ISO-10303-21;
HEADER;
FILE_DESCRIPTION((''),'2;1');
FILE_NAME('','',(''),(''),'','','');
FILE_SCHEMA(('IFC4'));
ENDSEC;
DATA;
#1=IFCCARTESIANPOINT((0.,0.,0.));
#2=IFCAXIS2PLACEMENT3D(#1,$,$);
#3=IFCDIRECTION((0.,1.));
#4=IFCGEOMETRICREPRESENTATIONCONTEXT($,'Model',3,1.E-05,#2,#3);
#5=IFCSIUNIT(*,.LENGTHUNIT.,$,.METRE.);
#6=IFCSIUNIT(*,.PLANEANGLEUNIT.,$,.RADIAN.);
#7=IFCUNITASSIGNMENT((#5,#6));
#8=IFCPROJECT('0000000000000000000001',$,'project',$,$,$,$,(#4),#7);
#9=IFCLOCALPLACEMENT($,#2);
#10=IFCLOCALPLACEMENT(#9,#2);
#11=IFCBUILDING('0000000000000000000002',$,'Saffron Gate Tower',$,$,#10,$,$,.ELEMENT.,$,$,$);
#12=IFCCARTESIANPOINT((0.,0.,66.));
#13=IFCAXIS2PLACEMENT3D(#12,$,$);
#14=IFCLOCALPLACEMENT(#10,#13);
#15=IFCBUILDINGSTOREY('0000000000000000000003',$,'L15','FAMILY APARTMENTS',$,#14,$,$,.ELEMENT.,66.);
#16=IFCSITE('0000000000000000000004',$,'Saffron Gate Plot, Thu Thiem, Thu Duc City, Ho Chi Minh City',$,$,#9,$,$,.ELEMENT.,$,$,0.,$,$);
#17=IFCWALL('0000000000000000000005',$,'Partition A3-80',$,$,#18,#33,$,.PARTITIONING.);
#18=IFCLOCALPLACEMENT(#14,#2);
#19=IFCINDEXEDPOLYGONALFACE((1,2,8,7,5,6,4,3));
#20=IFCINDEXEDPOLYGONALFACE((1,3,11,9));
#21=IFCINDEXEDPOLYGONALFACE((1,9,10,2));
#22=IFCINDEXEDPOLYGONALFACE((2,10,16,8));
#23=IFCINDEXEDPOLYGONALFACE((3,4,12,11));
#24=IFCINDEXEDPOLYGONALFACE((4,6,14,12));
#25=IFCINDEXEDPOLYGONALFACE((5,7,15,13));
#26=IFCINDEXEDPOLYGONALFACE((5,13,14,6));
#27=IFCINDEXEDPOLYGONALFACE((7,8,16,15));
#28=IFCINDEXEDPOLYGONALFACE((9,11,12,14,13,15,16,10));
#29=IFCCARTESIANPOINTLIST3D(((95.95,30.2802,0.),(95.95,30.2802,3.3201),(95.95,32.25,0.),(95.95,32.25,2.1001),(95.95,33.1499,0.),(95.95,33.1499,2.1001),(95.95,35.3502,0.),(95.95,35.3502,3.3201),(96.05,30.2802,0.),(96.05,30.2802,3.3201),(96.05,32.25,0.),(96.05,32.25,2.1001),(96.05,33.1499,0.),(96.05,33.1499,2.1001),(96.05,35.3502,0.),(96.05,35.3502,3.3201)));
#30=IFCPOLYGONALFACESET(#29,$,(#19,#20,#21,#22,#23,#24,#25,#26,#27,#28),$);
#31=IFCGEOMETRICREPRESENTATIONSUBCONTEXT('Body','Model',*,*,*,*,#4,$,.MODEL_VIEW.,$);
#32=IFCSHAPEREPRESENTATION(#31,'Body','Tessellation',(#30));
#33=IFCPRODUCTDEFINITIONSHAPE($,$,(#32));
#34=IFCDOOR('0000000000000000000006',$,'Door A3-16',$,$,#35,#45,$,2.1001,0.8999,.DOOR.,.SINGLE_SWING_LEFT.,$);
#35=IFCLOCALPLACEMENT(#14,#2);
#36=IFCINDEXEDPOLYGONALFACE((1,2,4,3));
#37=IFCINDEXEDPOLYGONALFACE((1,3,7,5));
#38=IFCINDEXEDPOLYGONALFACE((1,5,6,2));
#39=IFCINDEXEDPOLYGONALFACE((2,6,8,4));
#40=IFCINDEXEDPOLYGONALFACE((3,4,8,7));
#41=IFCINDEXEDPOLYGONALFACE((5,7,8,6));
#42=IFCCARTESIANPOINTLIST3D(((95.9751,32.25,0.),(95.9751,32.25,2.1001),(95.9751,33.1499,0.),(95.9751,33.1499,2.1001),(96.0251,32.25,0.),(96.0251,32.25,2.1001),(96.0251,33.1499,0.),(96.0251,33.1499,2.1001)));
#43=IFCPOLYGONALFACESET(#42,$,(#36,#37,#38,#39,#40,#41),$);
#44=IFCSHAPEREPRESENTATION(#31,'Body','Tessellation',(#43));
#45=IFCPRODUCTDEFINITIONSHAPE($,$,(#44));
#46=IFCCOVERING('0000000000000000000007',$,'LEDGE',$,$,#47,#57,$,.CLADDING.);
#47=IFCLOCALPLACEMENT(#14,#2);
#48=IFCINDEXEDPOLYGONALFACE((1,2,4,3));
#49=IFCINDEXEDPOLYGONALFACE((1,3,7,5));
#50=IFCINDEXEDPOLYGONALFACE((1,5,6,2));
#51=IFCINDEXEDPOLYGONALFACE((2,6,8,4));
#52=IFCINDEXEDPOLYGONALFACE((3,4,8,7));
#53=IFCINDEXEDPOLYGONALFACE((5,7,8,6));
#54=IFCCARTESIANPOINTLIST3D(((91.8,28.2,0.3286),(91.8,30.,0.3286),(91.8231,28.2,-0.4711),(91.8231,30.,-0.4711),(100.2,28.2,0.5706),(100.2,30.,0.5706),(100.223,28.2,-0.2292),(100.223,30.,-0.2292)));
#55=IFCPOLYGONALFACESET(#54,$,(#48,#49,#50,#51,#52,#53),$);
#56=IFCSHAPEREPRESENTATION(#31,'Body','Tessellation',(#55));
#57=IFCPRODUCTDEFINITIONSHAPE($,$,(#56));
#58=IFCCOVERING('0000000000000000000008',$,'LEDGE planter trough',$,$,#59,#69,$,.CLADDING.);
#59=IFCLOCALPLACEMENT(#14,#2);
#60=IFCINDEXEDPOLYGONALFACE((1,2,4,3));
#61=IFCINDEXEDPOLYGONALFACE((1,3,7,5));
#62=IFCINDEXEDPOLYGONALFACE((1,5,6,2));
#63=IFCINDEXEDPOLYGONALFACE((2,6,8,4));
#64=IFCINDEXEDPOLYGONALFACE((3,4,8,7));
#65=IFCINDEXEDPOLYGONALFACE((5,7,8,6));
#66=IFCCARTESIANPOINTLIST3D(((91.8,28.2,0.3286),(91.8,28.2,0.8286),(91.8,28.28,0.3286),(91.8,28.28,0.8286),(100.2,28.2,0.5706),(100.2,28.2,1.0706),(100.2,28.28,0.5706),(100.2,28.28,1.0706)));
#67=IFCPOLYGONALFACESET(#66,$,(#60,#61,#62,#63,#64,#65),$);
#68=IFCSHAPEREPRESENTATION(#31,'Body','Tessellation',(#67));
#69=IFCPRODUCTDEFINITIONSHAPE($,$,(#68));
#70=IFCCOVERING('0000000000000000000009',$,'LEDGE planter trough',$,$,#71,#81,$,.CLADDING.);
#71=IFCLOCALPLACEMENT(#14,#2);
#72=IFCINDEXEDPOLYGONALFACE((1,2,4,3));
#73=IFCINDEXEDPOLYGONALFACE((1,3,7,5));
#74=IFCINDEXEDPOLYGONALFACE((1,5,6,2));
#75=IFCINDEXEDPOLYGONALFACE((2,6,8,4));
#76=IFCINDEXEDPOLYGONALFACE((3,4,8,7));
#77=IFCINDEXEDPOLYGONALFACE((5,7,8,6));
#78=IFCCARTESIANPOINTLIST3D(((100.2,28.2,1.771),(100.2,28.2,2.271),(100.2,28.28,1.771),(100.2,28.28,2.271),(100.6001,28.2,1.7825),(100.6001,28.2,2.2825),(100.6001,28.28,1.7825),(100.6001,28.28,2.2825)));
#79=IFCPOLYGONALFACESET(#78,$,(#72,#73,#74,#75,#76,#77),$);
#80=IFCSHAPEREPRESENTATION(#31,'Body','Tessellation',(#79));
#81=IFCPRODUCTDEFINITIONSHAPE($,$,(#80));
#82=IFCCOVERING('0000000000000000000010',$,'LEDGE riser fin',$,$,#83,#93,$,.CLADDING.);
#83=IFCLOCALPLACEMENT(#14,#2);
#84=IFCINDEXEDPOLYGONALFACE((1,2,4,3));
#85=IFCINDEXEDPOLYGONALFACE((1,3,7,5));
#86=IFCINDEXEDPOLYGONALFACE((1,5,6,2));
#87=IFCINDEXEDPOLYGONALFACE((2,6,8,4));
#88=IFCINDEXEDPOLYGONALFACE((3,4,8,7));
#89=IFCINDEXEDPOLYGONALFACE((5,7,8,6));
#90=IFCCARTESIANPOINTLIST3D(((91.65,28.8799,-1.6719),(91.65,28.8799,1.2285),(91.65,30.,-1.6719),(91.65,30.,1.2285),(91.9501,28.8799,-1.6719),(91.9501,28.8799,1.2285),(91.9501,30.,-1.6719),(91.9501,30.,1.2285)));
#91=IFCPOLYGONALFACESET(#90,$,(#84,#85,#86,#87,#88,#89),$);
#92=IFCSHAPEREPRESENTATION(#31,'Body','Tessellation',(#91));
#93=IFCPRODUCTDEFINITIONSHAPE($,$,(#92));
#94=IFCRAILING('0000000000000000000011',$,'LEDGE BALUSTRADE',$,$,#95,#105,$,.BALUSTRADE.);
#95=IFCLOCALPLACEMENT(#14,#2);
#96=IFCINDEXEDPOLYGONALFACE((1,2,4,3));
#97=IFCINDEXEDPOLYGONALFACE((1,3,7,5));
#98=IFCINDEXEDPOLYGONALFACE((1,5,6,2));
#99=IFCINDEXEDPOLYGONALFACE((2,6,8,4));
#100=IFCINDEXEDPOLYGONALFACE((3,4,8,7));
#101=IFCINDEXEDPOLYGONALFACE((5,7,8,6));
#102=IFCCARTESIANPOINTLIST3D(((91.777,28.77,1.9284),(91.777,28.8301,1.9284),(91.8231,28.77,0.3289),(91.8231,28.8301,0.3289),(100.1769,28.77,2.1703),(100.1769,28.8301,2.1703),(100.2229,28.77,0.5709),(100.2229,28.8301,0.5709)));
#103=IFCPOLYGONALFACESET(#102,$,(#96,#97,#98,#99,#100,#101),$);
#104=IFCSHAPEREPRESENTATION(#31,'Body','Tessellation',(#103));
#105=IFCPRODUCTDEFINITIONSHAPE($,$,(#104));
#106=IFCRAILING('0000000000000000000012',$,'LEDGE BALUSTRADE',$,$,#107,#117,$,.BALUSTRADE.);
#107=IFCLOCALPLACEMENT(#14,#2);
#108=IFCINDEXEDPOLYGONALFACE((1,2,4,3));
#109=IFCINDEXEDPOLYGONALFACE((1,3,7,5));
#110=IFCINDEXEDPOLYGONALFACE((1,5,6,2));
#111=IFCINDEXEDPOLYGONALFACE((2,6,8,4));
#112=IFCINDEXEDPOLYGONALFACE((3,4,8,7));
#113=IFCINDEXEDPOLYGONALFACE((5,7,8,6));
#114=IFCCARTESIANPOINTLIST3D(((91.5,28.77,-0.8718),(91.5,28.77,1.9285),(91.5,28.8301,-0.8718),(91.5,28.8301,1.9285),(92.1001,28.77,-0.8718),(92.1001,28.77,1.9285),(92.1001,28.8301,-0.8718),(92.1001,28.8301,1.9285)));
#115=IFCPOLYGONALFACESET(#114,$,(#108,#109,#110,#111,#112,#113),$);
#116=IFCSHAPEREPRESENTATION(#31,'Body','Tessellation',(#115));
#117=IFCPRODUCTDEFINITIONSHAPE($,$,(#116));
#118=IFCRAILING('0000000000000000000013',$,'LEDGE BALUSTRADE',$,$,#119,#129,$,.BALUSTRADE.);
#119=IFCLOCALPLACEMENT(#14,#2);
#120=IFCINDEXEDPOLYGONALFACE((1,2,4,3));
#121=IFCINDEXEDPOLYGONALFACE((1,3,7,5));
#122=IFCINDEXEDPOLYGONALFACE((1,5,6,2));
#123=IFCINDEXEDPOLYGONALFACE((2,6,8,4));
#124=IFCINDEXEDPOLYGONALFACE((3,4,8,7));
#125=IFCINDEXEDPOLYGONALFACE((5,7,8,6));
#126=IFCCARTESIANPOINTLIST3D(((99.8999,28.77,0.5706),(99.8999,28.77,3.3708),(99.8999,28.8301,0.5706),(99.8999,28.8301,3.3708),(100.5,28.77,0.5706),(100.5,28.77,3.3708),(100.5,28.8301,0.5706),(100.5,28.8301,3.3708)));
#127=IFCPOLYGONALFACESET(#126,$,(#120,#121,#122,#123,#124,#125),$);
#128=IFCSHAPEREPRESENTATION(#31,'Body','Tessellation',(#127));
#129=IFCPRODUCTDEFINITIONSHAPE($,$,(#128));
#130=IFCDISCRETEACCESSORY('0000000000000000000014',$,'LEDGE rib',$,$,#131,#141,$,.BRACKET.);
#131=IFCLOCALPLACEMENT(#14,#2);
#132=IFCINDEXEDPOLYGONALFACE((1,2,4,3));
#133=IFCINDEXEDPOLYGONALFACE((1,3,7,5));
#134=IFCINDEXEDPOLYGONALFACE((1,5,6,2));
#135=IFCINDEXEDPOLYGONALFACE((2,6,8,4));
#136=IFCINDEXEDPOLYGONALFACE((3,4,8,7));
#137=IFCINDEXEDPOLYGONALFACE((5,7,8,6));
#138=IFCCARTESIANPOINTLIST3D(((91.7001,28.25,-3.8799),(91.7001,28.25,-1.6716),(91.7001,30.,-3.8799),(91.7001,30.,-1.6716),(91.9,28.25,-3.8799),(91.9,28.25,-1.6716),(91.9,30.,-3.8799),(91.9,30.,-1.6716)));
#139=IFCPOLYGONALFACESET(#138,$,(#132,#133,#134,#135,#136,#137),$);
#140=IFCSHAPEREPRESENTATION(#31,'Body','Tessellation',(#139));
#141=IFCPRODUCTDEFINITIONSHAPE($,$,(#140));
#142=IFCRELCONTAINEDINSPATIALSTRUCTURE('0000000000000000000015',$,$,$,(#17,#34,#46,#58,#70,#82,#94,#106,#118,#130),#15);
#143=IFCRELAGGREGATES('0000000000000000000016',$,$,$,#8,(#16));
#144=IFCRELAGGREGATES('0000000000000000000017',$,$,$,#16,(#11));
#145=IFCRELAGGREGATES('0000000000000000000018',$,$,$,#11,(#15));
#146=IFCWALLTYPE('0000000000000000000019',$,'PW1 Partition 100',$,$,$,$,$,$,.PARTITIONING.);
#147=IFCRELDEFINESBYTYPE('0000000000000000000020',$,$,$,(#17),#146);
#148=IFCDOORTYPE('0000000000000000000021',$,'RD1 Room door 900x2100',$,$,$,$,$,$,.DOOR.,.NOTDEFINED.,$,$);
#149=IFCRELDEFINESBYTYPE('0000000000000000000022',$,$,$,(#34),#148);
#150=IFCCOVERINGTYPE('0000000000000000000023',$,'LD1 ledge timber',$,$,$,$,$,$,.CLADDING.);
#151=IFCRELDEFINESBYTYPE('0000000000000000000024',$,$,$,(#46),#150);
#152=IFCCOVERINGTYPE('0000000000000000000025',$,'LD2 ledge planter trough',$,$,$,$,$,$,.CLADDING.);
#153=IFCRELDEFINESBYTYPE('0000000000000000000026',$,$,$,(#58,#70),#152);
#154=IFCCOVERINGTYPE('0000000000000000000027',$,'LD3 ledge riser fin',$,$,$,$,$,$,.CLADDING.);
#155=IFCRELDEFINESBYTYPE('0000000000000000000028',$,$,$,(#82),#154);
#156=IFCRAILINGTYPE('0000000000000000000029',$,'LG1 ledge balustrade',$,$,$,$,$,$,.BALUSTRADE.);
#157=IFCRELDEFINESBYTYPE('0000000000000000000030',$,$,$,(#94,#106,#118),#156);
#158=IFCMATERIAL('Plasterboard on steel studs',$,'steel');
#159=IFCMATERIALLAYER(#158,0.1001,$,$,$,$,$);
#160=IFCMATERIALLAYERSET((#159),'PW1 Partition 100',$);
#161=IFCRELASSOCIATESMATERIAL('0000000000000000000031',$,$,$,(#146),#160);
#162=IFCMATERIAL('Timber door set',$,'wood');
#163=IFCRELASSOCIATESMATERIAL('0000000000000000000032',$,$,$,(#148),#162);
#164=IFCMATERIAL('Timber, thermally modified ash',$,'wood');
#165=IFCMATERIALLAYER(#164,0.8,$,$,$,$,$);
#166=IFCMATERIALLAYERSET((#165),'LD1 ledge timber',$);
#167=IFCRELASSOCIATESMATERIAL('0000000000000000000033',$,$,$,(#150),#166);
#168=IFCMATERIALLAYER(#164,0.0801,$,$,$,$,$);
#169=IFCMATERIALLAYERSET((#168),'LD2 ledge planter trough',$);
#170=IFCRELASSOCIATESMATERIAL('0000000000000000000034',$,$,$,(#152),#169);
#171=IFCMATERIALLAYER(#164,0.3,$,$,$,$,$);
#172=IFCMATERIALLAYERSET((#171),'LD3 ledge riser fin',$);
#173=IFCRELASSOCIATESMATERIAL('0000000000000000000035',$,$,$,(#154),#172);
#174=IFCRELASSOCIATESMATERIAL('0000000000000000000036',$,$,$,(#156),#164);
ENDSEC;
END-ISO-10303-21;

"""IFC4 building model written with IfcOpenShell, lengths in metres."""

from ifc_helpers import new_model, si_unit, direction, frame, frame_2d, origin, origin_2d, place, context, subcontext, project, spatial, polyline, rectangle, outline, extrude, material, layer, layer_set, type_object, element, fill, save


model = new_model("IFC4")

# Units and contexts
model_context = context("Model", 3, precision=1e-05, world=origin(), true_north=direction((0.0, 1.0)))
body_context = subcontext(model_context, "Body", "Model", "MODEL_VIEW")
ifc_project = project(units=[si_unit("LENGTHUNIT", "METRE"), si_unit("PLANEANGLEUNIT", "RADIAN")], contexts=[model_context])

# Site, building, storey
site_placement = place(None, origin())
site = spatial("IfcSite", under=ifc_project, at=site_placement, Name="Saffron Gate Plot, Thu Thiem, Thu Duc City, Ho Chi Minh City", CompositionType="ELEMENT", RefElevation=0.0)
building_placement = place(site_placement, origin())
building = spatial("IfcBuilding", under=site, at=building_placement, Name="Saffron Gate Tower", CompositionType="ELEMENT")
storey_placement = place(building_placement, frame((0.0, 0.0, 66.0)))
storey = spatial("IfcBuildingStorey", under=building, at=storey_placement, Name="L15", Description="FAMILY APARTMENTS", CompositionType="ELEMENT", Elevation=66.0)

# Wall, opening, door
ifc_material_1 = material(Name="Plasterboard on steel studs", Category="steel")
ifc_layer_1 = layer(ifc_material_1, 0.1001)
ifc_layer_set_1 = layer_set([ifc_layer_1], Name="PW1 Partition 100")
wall_type = type_object("IfcWallType", Name="PW1 Partition 100", PredefinedType="PARTITIONING", material=ifc_layer_set_1)
wall_placement = place(storey_placement, frame((96.0, 30.28, 0.0), z_axis=(0.0, 0.0, 1.0), x_axis=(0.0, 1.0, 0.0)))
wall = element("IfcWall", 1, at=wall_placement, inside=storey, type_object=wall_type, Name="Partition A3-80", PredefinedType="PARTITIONING", context=body_context, shape_type="SweptSolid", body=[
    extrude(rectangle(XDim=5.0701, YDim=0.1001, at=frame_2d((2.5352, 0.0))), origin(), (0.0, 0.0, 1.0), 3.3201),
])
opening_1_placement = place(wall_placement, frame((1.97, 0.0, 0.0)))
opening_1 = element("IfcOpeningElement", 2, at=opening_1_placement, cuts=wall, PredefinedType="OPENING", context=body_context, shape_type="SweptSolid", body=[
    extrude(rectangle(XDim=0.8999, YDim=2.1001, at=frame_2d((0.45, 1.05))), frame((0.0, 0.0601, 0.0), z_axis=(0.0, -1.0, 0.0), x_axis=(1.0, 0.0, 0.0)), (0.0, 0.0, 1.0), 0.1201),
])
ifc_material_2 = material(Name="Timber door set", Category="wood")
door_type = type_object("IfcDoorType", Name="RD1 Room door 900x2100", OperationType="NOTDEFINED", PredefinedType="DOOR", material=ifc_material_2)
door_placement = place(opening_1_placement, origin())
door = element("IfcDoor", 3, at=door_placement, inside=storey, type_object=door_type, Name="Door A3-16", OperationType="SINGLE_SWING_LEFT", OverallHeight=2.1001, OverallWidth=0.8999, PredefinedType="DOOR", context=body_context, shape_type="SweptSolid", body=[
    extrude(rectangle(XDim=0.8999, YDim=2.1001, at=frame_2d((0.45, 1.05))), frame((0.0, 0.0249, 0.0), z_axis=(0.0, -1.0, 0.0), x_axis=(1.0, 0.0, 0.0)), (0.0, 0.0, 1.0), 0.05),
])
fill(opening_1, door)

# Coverings
ifc_material_3 = material(Name="Timber, thermally modified ash", Category="wood")
ifc_layer_2 = layer(ifc_material_3, 0.8)
ifc_layer_set_2 = layer_set([ifc_layer_2], Name="LD1 ledge timber")
covering_type_1 = type_object("IfcCoveringType", Name="LD1 ledge timber", PredefinedType="CLADDING", material=ifc_layer_set_2)
covering_1_placement = place(storey_placement, frame((91.8, 30.0, 0.3286), z_axis=(-0.028791, 0.0, 0.999585), x_axis=(0.999585, 0.0, 0.028791)))
element("IfcCovering", 4, at=covering_1_placement, inside=storey, type_object=covering_type_1, Name="LEDGE", PredefinedType="CLADDING", context=body_context, shape_type="SweptSolid", body=[
    extrude(outline(polyline([(0.0, 0.0), (8.4034, 0.0), (8.4034, -1.8), (0.0, -1.8), (0.0, 0.0)])), origin(), (0.0, 0.0, -1.0), 0.8),
])
ifc_layer_3 = layer(ifc_material_3, 0.0801)
ifc_layer_set_3 = layer_set([ifc_layer_3], Name="LD2 ledge planter trough")
covering_type_2 = type_object("IfcCoveringType", Name="LD2 ledge planter trough", PredefinedType="CLADDING", material=ifc_layer_set_3)
covering_2_placement = place(storey_placement, frame((91.8, 28.2, 0.3286), z_axis=(0.0, -1.0, 0.0), x_axis=(0.999585, 0.0, 0.028791)))
element("IfcCovering", 5, at=covering_2_placement, inside=storey, type_object=covering_type_2, Name="LEDGE planter trough", PredefinedType="CLADDING", context=body_context, shape_type="SweptSolid", body=[
    extrude(outline(polyline([(0.0, 0.0), (8.4034, 0.0), (8.4178, 0.4998), (0.0144, 0.4998), (0.0, 0.0)])), origin(), (0.0, 0.0, -1.0), 0.0801),
])
covering_3_placement = place(storey_placement, frame((100.2, 28.2, 1.771), z_axis=(0.0, -1.0, 0.0), x_axis=(0.999589, 0.0, 0.028664)))
element("IfcCovering", 6, at=covering_3_placement, inside=storey, type_object=covering_type_2, Name="LEDGE planter trough", PredefinedType="CLADDING", context=body_context, shape_type="SweptSolid", body=[
    extrude(outline(polyline([(0.0, 0.0), (0.4003, 0.0), (0.4146, 0.4998), (0.0143, 0.4998), (0.0, 0.0)])), origin(), (0.0, 0.0, -1.0), 0.0801),
])
ifc_layer_4 = layer(ifc_material_3, 0.3)
ifc_layer_set_4 = layer_set([ifc_layer_4], Name="LD3 ledge riser fin")
covering_type_3 = type_object("IfcCoveringType", Name="LD3 ledge riser fin", PredefinedType="CLADDING", material=ifc_layer_set_4)
covering_4_placement = place(storey_placement, frame((91.8, 29.4399, -1.6719), z_axis=(0.0, 0.0, 1.0), x_axis=(1.0, 0.0, 0.0)))
element("IfcCovering", 7, at=covering_4_placement, inside=storey, type_object=covering_type_3, Name="LEDGE riser fin", PredefinedType="CLADDING", context=body_context, shape_type="SweptSolid", body=[
    extrude(rectangle(XDim=0.3, YDim=1.1201, at=origin_2d()), origin(), (0.0, 0.0, 1.0), 2.9004),
])

# Railings
railing_type = type_object("IfcRailingType", Name="LG1 ledge balustrade", PredefinedType="BALUSTRADE", material=ifc_material_3)
railing_placement = place(storey_placement, frame((91.8, 28.8, 0.3286)))
element("IfcRailing", 8, at=railing_placement, inside=storey, type_object=railing_type, Name="LEDGE BALUSTRADE", PredefinedType="BALUSTRADE", context=body_context, shape_type="SweptSolid", body=[
    extrude(rectangle(XDim=0.0601, YDim=1.6001, at=origin_2d()), frame((0.0, 0.0, 0.8), z_axis=(0.999585, 0.0, 0.028791), x_axis=(0.0, 1.0, 0.0)), (0.0, 0.0, 1.0), 8.4033),
])
for number, where, name in (
    (9, (91.5, 28.8, -0.8718), "LEDGE BALUSTRADE"),
    (10, (99.8999, 28.8, 0.5706), "LEDGE BALUSTRADE"),
):
    element("IfcRailing", number, at=place(storey_placement, frame(where)), inside=storey, type_object=railing_type, Name=name, PredefinedType="BALUSTRADE", context=body_context, shape_type="SweptSolid", body=[
        extrude(rectangle(XDim=0.0601, YDim=2.8003, at=origin_2d()), frame((0.0, 0.0, 1.4001), z_axis=(1.0, 0.0, 0.0), x_axis=(0.0, 1.0, 0.0)), (0.0, 0.0, 1.0), 0.6001),
    ])

# Discrete accessory
discrete_accessory_placement = place(storey_placement, frame((91.8, 29.125, -3.8799), z_axis=(0.0, 0.0, 1.0), x_axis=(1.0, 0.0, 0.0)))
element("IfcDiscreteAccessory", 11, at=discrete_accessory_placement, inside=storey, Name="LEDGE rib", PredefinedType="BRACKET", context=body_context, shape_type="SweptSolid", body=[
    extrude(rectangle(XDim=0.2, YDim=1.75, at=origin_2d()), origin(), (0.0, 0.0, 1.0), 2.2083),
])

save(model, "model.ifc")
